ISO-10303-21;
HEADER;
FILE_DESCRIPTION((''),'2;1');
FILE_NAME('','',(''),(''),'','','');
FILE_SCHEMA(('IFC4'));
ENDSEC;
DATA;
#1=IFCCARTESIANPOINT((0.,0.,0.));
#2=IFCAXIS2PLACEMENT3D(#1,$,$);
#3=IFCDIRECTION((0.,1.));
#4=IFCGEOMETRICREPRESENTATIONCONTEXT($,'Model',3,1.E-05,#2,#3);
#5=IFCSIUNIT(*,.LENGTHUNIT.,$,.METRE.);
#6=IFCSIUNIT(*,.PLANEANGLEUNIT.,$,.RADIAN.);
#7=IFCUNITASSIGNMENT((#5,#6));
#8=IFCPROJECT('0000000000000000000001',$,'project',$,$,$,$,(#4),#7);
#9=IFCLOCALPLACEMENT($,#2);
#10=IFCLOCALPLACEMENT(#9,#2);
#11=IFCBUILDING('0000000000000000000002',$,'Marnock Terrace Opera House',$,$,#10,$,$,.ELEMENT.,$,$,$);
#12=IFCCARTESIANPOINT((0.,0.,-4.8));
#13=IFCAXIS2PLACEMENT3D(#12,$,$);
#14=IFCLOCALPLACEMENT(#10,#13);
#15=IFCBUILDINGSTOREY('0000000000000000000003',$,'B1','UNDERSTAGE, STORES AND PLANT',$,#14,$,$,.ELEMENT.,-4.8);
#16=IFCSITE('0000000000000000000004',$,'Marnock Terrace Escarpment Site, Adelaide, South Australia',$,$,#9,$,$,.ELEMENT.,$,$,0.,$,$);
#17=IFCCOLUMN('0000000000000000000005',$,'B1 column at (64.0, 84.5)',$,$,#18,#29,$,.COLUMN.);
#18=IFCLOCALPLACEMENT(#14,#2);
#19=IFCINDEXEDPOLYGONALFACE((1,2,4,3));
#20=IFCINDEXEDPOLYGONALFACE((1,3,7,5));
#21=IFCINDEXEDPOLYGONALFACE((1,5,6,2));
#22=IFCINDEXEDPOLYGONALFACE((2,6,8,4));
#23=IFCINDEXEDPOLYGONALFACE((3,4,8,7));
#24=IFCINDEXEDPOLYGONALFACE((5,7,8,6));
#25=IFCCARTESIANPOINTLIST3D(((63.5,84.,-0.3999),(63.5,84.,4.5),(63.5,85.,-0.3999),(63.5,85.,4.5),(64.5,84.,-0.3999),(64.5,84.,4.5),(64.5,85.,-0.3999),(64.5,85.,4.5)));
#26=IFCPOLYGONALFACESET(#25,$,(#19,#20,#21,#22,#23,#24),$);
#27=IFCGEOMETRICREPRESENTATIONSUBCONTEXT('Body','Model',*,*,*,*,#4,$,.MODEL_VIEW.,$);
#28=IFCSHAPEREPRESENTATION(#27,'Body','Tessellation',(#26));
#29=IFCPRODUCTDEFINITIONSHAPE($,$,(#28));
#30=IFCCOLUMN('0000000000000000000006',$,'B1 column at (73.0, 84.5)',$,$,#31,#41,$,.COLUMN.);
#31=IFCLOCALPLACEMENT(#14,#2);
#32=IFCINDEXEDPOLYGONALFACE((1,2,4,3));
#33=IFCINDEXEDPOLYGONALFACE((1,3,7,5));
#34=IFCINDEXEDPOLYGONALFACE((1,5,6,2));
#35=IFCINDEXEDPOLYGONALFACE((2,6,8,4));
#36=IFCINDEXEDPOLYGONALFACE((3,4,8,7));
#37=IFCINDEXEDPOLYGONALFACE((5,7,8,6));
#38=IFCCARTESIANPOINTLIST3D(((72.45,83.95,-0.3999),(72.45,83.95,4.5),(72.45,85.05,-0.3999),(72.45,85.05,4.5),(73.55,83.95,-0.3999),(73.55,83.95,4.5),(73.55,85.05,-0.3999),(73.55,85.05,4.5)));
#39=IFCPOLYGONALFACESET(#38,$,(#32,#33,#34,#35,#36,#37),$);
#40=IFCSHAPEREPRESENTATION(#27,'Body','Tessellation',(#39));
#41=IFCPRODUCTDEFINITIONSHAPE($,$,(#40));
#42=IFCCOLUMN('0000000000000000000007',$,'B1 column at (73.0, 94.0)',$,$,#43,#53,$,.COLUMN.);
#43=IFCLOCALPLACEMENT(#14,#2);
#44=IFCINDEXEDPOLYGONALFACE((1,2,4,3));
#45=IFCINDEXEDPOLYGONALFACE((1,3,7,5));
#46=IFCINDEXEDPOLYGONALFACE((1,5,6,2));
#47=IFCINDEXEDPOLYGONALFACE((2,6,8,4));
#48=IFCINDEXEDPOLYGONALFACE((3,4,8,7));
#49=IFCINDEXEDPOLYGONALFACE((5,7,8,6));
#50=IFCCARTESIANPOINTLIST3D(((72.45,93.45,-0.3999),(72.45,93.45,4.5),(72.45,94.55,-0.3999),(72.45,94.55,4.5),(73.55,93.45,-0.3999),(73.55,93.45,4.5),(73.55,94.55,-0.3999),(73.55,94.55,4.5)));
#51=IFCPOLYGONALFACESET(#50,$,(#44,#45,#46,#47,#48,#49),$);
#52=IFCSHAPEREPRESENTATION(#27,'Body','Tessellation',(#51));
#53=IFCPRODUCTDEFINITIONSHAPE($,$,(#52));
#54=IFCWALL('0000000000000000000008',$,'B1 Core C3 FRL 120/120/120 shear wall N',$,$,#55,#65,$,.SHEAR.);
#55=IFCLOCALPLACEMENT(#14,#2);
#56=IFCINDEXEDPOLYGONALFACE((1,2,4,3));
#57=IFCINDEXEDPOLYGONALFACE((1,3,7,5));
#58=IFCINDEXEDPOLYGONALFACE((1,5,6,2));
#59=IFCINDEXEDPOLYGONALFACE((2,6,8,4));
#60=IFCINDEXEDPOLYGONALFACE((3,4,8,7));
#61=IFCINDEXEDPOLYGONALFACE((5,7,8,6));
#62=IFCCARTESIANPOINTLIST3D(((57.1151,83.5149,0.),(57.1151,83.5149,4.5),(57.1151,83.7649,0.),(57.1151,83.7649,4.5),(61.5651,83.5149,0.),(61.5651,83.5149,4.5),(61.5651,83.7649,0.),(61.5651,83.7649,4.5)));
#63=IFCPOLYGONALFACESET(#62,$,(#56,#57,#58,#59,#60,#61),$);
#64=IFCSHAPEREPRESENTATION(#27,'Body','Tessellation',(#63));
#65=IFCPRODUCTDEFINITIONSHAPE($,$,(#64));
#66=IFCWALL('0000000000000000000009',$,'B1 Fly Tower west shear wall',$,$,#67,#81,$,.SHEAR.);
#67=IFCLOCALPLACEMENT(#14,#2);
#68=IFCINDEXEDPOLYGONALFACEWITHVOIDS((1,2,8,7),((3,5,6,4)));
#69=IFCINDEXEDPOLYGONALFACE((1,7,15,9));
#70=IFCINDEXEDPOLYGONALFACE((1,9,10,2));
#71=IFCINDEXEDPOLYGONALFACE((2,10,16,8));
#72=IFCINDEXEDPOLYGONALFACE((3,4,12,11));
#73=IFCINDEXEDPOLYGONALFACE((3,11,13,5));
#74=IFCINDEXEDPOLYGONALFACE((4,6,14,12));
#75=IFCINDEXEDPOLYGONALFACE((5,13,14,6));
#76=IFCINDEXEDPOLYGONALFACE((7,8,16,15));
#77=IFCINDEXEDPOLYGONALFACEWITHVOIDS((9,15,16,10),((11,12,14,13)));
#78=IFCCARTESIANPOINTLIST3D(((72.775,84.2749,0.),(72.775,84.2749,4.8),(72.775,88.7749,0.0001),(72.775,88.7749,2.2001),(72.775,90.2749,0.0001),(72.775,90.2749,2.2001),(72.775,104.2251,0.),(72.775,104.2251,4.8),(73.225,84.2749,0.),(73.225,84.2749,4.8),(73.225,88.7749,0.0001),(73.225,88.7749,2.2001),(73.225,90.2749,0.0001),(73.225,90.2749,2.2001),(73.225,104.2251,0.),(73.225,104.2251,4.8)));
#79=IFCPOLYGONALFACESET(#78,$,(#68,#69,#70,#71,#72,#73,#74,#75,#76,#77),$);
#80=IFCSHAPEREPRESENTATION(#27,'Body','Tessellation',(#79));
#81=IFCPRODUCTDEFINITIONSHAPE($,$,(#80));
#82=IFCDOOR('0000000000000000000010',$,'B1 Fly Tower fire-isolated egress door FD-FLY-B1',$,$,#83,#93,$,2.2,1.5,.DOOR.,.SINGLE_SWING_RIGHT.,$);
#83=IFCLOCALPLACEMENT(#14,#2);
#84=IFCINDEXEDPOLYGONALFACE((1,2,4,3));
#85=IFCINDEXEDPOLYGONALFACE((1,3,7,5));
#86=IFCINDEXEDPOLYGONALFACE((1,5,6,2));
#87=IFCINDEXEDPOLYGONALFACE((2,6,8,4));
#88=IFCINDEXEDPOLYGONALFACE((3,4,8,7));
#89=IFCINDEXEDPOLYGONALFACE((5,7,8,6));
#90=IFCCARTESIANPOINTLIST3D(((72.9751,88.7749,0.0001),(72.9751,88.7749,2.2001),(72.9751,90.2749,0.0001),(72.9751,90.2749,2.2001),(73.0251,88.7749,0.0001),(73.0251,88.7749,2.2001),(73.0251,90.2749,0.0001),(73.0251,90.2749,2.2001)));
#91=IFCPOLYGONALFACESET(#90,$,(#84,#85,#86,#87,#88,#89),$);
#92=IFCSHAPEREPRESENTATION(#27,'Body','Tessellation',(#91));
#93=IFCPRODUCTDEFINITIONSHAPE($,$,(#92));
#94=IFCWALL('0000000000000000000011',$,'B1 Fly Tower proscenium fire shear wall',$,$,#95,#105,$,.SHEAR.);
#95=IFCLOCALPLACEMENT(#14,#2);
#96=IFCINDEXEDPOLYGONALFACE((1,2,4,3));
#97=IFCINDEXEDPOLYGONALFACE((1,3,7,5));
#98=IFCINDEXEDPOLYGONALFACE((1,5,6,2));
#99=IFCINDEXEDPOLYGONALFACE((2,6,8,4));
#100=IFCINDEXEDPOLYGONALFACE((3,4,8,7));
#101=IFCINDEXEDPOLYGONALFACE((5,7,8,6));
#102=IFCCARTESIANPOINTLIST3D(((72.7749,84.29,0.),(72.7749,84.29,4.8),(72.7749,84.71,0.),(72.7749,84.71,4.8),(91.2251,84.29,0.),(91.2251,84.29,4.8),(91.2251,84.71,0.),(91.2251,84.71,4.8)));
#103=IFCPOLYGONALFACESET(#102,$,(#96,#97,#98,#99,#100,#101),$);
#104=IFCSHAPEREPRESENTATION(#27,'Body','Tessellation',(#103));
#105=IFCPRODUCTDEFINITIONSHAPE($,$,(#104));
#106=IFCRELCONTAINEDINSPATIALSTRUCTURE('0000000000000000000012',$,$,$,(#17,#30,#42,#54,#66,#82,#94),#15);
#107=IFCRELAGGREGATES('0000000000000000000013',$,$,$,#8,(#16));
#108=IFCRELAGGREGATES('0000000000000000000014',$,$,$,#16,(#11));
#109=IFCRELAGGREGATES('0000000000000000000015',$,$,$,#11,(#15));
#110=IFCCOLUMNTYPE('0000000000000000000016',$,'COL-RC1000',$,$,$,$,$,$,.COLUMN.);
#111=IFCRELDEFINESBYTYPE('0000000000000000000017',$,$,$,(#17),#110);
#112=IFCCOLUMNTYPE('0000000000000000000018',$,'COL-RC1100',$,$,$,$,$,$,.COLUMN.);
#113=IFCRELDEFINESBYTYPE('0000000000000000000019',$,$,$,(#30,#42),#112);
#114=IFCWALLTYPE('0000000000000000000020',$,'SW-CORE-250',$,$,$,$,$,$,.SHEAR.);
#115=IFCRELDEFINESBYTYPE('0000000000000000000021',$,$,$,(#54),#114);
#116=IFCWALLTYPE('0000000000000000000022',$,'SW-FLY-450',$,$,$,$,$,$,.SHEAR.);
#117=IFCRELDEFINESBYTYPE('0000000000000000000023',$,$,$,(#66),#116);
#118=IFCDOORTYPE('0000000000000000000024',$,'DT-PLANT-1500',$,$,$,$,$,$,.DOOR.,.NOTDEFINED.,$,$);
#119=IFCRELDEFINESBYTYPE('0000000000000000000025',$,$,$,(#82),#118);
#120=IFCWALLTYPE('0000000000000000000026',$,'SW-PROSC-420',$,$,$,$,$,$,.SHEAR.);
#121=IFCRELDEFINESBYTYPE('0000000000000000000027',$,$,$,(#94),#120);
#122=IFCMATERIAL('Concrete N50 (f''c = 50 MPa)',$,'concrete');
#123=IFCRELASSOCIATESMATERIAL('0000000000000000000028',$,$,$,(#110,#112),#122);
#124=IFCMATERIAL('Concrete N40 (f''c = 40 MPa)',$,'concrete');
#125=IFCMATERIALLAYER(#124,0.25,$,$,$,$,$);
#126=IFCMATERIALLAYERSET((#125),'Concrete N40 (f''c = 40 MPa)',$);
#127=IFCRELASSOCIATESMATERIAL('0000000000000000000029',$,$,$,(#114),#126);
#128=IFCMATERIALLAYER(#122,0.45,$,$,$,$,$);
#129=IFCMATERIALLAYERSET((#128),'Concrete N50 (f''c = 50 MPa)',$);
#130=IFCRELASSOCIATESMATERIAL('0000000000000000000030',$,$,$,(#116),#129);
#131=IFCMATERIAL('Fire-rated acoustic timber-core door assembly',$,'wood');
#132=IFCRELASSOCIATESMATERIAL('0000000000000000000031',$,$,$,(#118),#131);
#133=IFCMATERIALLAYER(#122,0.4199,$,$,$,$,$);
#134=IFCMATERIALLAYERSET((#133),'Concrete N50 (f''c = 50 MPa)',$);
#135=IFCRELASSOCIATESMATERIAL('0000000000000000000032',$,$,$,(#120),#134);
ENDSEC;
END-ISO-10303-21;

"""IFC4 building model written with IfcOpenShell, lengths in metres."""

from ifc_helpers import new_model, si_unit, direction, frame, frame_2d, origin, origin_2d, place, context, subcontext, project, spatial, rectangle, extrude, material, layer, layer_set, material_profile, profile_set, type_object, element, fill, save


model = new_model("IFC4")

# Units and contexts
model_context = context("Model", 3, precision=1e-05, world=origin(), true_north=direction((0.0, 1.0)))
body_context = subcontext(model_context, "Body", "Model", "MODEL_VIEW")
ifc_project = project(units=[si_unit("LENGTHUNIT", "METRE"), si_unit("PLANEANGLEUNIT", "RADIAN")], contexts=[model_context])

# Site, building, storey
site_placement = place(None, origin())
site = spatial("IfcSite", under=ifc_project, at=site_placement, Name="Marnock Terrace Escarpment Site, Adelaide, South Australia", CompositionType="ELEMENT", RefElevation=0.0)
building_placement = place(site_placement, origin())
building = spatial("IfcBuilding", under=site, at=building_placement, Name="Marnock Terrace Opera House", CompositionType="ELEMENT")
storey_placement = place(building_placement, frame((0.0, 0.0, -4.8)))
storey = spatial("IfcBuildingStorey", under=building, at=storey_placement, Name="B1", Description="UNDERSTAGE, STORES AND PLANT", CompositionType="ELEMENT", Elevation=-4.8)

# Shared definitions
ifc_material_1 = material(Name="Concrete N40 (f'c = 40 MPa)", Category="concrete")

# Columns
ifc_material_2 = material(Name="Concrete N50 (f'c = 50 MPa)", Category="concrete")
ifc_material_profile_1 = material_profile(ifc_material_2, rectangle(XDim=1.0, YDim=1.0, at=origin_2d()))
ifc_profile_set_1 = profile_set([ifc_material_profile_1], Name="Concrete N50 (f'c = 50 MPa)")
column_type_1 = type_object("IfcColumnType", Name="COL-RC1000", PredefinedType="COLUMN", material=ifc_profile_set_1)
column_1_placement = place(storey_placement, frame((64.0, 84.5, -0.3999), z_axis=(0.0, 0.0, 1.0), x_axis=(1.0, 0.0, 0.0)))
element("IfcColumn", 1, at=column_1_placement, inside=storey, type_object=column_type_1, Name="B1 column at (64.0, 84.5)", PredefinedType="COLUMN", context=body_context, shape_type="SweptSolid", body=[
    extrude(rectangle(XDim=1.0, YDim=1.0, at=origin_2d()), origin(), (0.0, 0.0, 1.0), 4.8999),
])
ifc_material_profile_2 = material_profile(ifc_material_2, rectangle(XDim=1.1001, YDim=1.1001, at=origin_2d()))
ifc_profile_set_2 = profile_set([ifc_material_profile_2], Name="Concrete N50 (f'c = 50 MPa)")
column_type_2 = type_object("IfcColumnType", Name="COL-RC1100", PredefinedType="COLUMN", material=ifc_profile_set_2)
for number, where, z_axis, x_axis, name in (
    (2, (73.0, 84.5, -0.3999), (0.0, 0.0, 1.0), (1.0, 0.0, 0.0), "B1 column at (73.0, 84.5)"),
    (3, (73.0, 94.0, -0.3999), (0.0, 0.0, 1.0), (1.0, 0.0, 0.0), "B1 column at (73.0, 94.0)"),
):
    element("IfcColumn", number, at=place(storey_placement, frame(where, z_axis=z_axis, x_axis=x_axis)), inside=storey, type_object=column_type_2, Name=name, PredefinedType="COLUMN", context=body_context, shape_type="SweptSolid", body=[
        extrude(rectangle(XDim=1.1001, YDim=1.1001, at=origin_2d()), origin(), (0.0, 0.0, 1.0), 4.8999),
    ])

# Wall
ifc_layer_1 = layer(ifc_material_1, 0.25)
ifc_layer_set_1 = layer_set([ifc_layer_1], Name="Concrete N40 (f'c = 40 MPa)")
wall_type_1 = type_object("IfcWallType", Name="SW-CORE-250", PredefinedType="SHEAR", material=ifc_layer_set_1)
wall_1_placement = place(storey_placement, frame((57.115, 83.6399, 0.0), z_axis=(0.0, 0.0, 1.0), x_axis=(1.0, 0.0, 0.0)))
element("IfcWall", 4, at=wall_1_placement, inside=storey, type_object=wall_type_1, Name="B1 Core C3 FRL 120/120/120 shear wall N", PredefinedType="SHEAR", context=body_context, shape_type="SweptSolid", body=[
    extrude(rectangle(XDim=4.45, YDim=0.25, at=frame_2d((2.2251, 0.0))), origin(), (0.0, 0.0, 1.0), 4.5),
])

# Wall, opening, door
ifc_layer_2 = layer(ifc_material_2, 0.45)
ifc_layer_set_2 = layer_set([ifc_layer_2], Name="Concrete N50 (f'c = 50 MPa)")
wall_type_2 = type_object("IfcWallType", Name="SW-FLY-450", PredefinedType="SHEAR", material=ifc_layer_set_2)
wall_2_placement = place(storey_placement, frame((73.0, 84.2749, 0.0), z_axis=(0.0, 0.0, 1.0), x_axis=(0.0, 1.0, 0.0)))
wall_2 = element("IfcWall", 5, at=wall_2_placement, inside=storey, type_object=wall_type_2, Name="B1 Fly Tower west shear wall", PredefinedType="SHEAR", context=body_context, shape_type="SweptSolid", body=[
    extrude(rectangle(XDim=19.9502, YDim=0.45, at=frame_2d((9.9751, 0.0))), origin(), (0.0, 0.0, 1.0), 4.8),
])
opening_1_placement = place(wall_2_placement, frame((4.5, 0.0, 0.0)))
opening_1 = element("IfcOpeningElement", 6, at=opening_1_placement, cuts=wall_2, PredefinedType="OPENING", context=body_context, shape_type="SweptSolid", body=[
    extrude(rectangle(XDim=1.5, YDim=2.2, at=frame_2d((0.75, 1.1001))), frame((0.0, 0.2349, 0.0), z_axis=(0.0, -1.0, 0.0), x_axis=(1.0, 0.0, 0.0)), (0.0, 0.0, 1.0), 0.47),
])
ifc_material_3 = material(Name="Fire-rated acoustic timber-core door assembly", Category="wood")
door_type_1 = type_object("IfcDoorType", Name="DT-PLANT-1500", OperationType="NOTDEFINED", PredefinedType="DOOR", material=ifc_material_3)
door_1_placement = place(opening_1_placement, origin())
door_1 = element("IfcDoor", 7, at=door_1_placement, inside=storey, type_object=door_type_1, Name="B1 Fly Tower fire-isolated egress door FD-FLY-B1", OperationType="SINGLE_SWING_RIGHT", OverallHeight=2.2, OverallWidth=1.5, PredefinedType="DOOR", context=body_context, shape_type="SweptSolid", body=[
    extrude(rectangle(XDim=1.5, YDim=2.2, at=frame_2d((0.75, 1.1001))), frame((0.0, 0.0249, 0.0), z_axis=(0.0, -1.0, 0.0), x_axis=(1.0, 0.0, 0.0)), (0.0, 0.0, 1.0), 0.05),
])
fill(opening_1, door_1)

# Wall
ifc_layer_3 = layer(ifc_material_2, 0.4199)
ifc_layer_set_3 = layer_set([ifc_layer_3], Name="Concrete N50 (f'c = 50 MPa)")
wall_type_3 = type_object("IfcWallType", Name="SW-PROSC-420", PredefinedType="SHEAR", material=ifc_layer_set_3)
wall_3_placement = place(storey_placement, frame((72.7749, 84.5, 0.0), z_axis=(0.0, 0.0, 1.0), x_axis=(1.0, 0.0, 0.0)))
element("IfcWall", 8, at=wall_3_placement, inside=storey, type_object=wall_type_3, Name="B1 Fly Tower proscenium fire shear wall", PredefinedType="SHEAR", context=body_context, shape_type="SweptSolid", body=[
    extrude(rectangle(XDim=18.4502, YDim=0.4199, at=frame_2d((9.2251, 0.0))), origin(), (0.0, 0.0, 1.0), 4.8),
])

save(model, "model.ifc")
